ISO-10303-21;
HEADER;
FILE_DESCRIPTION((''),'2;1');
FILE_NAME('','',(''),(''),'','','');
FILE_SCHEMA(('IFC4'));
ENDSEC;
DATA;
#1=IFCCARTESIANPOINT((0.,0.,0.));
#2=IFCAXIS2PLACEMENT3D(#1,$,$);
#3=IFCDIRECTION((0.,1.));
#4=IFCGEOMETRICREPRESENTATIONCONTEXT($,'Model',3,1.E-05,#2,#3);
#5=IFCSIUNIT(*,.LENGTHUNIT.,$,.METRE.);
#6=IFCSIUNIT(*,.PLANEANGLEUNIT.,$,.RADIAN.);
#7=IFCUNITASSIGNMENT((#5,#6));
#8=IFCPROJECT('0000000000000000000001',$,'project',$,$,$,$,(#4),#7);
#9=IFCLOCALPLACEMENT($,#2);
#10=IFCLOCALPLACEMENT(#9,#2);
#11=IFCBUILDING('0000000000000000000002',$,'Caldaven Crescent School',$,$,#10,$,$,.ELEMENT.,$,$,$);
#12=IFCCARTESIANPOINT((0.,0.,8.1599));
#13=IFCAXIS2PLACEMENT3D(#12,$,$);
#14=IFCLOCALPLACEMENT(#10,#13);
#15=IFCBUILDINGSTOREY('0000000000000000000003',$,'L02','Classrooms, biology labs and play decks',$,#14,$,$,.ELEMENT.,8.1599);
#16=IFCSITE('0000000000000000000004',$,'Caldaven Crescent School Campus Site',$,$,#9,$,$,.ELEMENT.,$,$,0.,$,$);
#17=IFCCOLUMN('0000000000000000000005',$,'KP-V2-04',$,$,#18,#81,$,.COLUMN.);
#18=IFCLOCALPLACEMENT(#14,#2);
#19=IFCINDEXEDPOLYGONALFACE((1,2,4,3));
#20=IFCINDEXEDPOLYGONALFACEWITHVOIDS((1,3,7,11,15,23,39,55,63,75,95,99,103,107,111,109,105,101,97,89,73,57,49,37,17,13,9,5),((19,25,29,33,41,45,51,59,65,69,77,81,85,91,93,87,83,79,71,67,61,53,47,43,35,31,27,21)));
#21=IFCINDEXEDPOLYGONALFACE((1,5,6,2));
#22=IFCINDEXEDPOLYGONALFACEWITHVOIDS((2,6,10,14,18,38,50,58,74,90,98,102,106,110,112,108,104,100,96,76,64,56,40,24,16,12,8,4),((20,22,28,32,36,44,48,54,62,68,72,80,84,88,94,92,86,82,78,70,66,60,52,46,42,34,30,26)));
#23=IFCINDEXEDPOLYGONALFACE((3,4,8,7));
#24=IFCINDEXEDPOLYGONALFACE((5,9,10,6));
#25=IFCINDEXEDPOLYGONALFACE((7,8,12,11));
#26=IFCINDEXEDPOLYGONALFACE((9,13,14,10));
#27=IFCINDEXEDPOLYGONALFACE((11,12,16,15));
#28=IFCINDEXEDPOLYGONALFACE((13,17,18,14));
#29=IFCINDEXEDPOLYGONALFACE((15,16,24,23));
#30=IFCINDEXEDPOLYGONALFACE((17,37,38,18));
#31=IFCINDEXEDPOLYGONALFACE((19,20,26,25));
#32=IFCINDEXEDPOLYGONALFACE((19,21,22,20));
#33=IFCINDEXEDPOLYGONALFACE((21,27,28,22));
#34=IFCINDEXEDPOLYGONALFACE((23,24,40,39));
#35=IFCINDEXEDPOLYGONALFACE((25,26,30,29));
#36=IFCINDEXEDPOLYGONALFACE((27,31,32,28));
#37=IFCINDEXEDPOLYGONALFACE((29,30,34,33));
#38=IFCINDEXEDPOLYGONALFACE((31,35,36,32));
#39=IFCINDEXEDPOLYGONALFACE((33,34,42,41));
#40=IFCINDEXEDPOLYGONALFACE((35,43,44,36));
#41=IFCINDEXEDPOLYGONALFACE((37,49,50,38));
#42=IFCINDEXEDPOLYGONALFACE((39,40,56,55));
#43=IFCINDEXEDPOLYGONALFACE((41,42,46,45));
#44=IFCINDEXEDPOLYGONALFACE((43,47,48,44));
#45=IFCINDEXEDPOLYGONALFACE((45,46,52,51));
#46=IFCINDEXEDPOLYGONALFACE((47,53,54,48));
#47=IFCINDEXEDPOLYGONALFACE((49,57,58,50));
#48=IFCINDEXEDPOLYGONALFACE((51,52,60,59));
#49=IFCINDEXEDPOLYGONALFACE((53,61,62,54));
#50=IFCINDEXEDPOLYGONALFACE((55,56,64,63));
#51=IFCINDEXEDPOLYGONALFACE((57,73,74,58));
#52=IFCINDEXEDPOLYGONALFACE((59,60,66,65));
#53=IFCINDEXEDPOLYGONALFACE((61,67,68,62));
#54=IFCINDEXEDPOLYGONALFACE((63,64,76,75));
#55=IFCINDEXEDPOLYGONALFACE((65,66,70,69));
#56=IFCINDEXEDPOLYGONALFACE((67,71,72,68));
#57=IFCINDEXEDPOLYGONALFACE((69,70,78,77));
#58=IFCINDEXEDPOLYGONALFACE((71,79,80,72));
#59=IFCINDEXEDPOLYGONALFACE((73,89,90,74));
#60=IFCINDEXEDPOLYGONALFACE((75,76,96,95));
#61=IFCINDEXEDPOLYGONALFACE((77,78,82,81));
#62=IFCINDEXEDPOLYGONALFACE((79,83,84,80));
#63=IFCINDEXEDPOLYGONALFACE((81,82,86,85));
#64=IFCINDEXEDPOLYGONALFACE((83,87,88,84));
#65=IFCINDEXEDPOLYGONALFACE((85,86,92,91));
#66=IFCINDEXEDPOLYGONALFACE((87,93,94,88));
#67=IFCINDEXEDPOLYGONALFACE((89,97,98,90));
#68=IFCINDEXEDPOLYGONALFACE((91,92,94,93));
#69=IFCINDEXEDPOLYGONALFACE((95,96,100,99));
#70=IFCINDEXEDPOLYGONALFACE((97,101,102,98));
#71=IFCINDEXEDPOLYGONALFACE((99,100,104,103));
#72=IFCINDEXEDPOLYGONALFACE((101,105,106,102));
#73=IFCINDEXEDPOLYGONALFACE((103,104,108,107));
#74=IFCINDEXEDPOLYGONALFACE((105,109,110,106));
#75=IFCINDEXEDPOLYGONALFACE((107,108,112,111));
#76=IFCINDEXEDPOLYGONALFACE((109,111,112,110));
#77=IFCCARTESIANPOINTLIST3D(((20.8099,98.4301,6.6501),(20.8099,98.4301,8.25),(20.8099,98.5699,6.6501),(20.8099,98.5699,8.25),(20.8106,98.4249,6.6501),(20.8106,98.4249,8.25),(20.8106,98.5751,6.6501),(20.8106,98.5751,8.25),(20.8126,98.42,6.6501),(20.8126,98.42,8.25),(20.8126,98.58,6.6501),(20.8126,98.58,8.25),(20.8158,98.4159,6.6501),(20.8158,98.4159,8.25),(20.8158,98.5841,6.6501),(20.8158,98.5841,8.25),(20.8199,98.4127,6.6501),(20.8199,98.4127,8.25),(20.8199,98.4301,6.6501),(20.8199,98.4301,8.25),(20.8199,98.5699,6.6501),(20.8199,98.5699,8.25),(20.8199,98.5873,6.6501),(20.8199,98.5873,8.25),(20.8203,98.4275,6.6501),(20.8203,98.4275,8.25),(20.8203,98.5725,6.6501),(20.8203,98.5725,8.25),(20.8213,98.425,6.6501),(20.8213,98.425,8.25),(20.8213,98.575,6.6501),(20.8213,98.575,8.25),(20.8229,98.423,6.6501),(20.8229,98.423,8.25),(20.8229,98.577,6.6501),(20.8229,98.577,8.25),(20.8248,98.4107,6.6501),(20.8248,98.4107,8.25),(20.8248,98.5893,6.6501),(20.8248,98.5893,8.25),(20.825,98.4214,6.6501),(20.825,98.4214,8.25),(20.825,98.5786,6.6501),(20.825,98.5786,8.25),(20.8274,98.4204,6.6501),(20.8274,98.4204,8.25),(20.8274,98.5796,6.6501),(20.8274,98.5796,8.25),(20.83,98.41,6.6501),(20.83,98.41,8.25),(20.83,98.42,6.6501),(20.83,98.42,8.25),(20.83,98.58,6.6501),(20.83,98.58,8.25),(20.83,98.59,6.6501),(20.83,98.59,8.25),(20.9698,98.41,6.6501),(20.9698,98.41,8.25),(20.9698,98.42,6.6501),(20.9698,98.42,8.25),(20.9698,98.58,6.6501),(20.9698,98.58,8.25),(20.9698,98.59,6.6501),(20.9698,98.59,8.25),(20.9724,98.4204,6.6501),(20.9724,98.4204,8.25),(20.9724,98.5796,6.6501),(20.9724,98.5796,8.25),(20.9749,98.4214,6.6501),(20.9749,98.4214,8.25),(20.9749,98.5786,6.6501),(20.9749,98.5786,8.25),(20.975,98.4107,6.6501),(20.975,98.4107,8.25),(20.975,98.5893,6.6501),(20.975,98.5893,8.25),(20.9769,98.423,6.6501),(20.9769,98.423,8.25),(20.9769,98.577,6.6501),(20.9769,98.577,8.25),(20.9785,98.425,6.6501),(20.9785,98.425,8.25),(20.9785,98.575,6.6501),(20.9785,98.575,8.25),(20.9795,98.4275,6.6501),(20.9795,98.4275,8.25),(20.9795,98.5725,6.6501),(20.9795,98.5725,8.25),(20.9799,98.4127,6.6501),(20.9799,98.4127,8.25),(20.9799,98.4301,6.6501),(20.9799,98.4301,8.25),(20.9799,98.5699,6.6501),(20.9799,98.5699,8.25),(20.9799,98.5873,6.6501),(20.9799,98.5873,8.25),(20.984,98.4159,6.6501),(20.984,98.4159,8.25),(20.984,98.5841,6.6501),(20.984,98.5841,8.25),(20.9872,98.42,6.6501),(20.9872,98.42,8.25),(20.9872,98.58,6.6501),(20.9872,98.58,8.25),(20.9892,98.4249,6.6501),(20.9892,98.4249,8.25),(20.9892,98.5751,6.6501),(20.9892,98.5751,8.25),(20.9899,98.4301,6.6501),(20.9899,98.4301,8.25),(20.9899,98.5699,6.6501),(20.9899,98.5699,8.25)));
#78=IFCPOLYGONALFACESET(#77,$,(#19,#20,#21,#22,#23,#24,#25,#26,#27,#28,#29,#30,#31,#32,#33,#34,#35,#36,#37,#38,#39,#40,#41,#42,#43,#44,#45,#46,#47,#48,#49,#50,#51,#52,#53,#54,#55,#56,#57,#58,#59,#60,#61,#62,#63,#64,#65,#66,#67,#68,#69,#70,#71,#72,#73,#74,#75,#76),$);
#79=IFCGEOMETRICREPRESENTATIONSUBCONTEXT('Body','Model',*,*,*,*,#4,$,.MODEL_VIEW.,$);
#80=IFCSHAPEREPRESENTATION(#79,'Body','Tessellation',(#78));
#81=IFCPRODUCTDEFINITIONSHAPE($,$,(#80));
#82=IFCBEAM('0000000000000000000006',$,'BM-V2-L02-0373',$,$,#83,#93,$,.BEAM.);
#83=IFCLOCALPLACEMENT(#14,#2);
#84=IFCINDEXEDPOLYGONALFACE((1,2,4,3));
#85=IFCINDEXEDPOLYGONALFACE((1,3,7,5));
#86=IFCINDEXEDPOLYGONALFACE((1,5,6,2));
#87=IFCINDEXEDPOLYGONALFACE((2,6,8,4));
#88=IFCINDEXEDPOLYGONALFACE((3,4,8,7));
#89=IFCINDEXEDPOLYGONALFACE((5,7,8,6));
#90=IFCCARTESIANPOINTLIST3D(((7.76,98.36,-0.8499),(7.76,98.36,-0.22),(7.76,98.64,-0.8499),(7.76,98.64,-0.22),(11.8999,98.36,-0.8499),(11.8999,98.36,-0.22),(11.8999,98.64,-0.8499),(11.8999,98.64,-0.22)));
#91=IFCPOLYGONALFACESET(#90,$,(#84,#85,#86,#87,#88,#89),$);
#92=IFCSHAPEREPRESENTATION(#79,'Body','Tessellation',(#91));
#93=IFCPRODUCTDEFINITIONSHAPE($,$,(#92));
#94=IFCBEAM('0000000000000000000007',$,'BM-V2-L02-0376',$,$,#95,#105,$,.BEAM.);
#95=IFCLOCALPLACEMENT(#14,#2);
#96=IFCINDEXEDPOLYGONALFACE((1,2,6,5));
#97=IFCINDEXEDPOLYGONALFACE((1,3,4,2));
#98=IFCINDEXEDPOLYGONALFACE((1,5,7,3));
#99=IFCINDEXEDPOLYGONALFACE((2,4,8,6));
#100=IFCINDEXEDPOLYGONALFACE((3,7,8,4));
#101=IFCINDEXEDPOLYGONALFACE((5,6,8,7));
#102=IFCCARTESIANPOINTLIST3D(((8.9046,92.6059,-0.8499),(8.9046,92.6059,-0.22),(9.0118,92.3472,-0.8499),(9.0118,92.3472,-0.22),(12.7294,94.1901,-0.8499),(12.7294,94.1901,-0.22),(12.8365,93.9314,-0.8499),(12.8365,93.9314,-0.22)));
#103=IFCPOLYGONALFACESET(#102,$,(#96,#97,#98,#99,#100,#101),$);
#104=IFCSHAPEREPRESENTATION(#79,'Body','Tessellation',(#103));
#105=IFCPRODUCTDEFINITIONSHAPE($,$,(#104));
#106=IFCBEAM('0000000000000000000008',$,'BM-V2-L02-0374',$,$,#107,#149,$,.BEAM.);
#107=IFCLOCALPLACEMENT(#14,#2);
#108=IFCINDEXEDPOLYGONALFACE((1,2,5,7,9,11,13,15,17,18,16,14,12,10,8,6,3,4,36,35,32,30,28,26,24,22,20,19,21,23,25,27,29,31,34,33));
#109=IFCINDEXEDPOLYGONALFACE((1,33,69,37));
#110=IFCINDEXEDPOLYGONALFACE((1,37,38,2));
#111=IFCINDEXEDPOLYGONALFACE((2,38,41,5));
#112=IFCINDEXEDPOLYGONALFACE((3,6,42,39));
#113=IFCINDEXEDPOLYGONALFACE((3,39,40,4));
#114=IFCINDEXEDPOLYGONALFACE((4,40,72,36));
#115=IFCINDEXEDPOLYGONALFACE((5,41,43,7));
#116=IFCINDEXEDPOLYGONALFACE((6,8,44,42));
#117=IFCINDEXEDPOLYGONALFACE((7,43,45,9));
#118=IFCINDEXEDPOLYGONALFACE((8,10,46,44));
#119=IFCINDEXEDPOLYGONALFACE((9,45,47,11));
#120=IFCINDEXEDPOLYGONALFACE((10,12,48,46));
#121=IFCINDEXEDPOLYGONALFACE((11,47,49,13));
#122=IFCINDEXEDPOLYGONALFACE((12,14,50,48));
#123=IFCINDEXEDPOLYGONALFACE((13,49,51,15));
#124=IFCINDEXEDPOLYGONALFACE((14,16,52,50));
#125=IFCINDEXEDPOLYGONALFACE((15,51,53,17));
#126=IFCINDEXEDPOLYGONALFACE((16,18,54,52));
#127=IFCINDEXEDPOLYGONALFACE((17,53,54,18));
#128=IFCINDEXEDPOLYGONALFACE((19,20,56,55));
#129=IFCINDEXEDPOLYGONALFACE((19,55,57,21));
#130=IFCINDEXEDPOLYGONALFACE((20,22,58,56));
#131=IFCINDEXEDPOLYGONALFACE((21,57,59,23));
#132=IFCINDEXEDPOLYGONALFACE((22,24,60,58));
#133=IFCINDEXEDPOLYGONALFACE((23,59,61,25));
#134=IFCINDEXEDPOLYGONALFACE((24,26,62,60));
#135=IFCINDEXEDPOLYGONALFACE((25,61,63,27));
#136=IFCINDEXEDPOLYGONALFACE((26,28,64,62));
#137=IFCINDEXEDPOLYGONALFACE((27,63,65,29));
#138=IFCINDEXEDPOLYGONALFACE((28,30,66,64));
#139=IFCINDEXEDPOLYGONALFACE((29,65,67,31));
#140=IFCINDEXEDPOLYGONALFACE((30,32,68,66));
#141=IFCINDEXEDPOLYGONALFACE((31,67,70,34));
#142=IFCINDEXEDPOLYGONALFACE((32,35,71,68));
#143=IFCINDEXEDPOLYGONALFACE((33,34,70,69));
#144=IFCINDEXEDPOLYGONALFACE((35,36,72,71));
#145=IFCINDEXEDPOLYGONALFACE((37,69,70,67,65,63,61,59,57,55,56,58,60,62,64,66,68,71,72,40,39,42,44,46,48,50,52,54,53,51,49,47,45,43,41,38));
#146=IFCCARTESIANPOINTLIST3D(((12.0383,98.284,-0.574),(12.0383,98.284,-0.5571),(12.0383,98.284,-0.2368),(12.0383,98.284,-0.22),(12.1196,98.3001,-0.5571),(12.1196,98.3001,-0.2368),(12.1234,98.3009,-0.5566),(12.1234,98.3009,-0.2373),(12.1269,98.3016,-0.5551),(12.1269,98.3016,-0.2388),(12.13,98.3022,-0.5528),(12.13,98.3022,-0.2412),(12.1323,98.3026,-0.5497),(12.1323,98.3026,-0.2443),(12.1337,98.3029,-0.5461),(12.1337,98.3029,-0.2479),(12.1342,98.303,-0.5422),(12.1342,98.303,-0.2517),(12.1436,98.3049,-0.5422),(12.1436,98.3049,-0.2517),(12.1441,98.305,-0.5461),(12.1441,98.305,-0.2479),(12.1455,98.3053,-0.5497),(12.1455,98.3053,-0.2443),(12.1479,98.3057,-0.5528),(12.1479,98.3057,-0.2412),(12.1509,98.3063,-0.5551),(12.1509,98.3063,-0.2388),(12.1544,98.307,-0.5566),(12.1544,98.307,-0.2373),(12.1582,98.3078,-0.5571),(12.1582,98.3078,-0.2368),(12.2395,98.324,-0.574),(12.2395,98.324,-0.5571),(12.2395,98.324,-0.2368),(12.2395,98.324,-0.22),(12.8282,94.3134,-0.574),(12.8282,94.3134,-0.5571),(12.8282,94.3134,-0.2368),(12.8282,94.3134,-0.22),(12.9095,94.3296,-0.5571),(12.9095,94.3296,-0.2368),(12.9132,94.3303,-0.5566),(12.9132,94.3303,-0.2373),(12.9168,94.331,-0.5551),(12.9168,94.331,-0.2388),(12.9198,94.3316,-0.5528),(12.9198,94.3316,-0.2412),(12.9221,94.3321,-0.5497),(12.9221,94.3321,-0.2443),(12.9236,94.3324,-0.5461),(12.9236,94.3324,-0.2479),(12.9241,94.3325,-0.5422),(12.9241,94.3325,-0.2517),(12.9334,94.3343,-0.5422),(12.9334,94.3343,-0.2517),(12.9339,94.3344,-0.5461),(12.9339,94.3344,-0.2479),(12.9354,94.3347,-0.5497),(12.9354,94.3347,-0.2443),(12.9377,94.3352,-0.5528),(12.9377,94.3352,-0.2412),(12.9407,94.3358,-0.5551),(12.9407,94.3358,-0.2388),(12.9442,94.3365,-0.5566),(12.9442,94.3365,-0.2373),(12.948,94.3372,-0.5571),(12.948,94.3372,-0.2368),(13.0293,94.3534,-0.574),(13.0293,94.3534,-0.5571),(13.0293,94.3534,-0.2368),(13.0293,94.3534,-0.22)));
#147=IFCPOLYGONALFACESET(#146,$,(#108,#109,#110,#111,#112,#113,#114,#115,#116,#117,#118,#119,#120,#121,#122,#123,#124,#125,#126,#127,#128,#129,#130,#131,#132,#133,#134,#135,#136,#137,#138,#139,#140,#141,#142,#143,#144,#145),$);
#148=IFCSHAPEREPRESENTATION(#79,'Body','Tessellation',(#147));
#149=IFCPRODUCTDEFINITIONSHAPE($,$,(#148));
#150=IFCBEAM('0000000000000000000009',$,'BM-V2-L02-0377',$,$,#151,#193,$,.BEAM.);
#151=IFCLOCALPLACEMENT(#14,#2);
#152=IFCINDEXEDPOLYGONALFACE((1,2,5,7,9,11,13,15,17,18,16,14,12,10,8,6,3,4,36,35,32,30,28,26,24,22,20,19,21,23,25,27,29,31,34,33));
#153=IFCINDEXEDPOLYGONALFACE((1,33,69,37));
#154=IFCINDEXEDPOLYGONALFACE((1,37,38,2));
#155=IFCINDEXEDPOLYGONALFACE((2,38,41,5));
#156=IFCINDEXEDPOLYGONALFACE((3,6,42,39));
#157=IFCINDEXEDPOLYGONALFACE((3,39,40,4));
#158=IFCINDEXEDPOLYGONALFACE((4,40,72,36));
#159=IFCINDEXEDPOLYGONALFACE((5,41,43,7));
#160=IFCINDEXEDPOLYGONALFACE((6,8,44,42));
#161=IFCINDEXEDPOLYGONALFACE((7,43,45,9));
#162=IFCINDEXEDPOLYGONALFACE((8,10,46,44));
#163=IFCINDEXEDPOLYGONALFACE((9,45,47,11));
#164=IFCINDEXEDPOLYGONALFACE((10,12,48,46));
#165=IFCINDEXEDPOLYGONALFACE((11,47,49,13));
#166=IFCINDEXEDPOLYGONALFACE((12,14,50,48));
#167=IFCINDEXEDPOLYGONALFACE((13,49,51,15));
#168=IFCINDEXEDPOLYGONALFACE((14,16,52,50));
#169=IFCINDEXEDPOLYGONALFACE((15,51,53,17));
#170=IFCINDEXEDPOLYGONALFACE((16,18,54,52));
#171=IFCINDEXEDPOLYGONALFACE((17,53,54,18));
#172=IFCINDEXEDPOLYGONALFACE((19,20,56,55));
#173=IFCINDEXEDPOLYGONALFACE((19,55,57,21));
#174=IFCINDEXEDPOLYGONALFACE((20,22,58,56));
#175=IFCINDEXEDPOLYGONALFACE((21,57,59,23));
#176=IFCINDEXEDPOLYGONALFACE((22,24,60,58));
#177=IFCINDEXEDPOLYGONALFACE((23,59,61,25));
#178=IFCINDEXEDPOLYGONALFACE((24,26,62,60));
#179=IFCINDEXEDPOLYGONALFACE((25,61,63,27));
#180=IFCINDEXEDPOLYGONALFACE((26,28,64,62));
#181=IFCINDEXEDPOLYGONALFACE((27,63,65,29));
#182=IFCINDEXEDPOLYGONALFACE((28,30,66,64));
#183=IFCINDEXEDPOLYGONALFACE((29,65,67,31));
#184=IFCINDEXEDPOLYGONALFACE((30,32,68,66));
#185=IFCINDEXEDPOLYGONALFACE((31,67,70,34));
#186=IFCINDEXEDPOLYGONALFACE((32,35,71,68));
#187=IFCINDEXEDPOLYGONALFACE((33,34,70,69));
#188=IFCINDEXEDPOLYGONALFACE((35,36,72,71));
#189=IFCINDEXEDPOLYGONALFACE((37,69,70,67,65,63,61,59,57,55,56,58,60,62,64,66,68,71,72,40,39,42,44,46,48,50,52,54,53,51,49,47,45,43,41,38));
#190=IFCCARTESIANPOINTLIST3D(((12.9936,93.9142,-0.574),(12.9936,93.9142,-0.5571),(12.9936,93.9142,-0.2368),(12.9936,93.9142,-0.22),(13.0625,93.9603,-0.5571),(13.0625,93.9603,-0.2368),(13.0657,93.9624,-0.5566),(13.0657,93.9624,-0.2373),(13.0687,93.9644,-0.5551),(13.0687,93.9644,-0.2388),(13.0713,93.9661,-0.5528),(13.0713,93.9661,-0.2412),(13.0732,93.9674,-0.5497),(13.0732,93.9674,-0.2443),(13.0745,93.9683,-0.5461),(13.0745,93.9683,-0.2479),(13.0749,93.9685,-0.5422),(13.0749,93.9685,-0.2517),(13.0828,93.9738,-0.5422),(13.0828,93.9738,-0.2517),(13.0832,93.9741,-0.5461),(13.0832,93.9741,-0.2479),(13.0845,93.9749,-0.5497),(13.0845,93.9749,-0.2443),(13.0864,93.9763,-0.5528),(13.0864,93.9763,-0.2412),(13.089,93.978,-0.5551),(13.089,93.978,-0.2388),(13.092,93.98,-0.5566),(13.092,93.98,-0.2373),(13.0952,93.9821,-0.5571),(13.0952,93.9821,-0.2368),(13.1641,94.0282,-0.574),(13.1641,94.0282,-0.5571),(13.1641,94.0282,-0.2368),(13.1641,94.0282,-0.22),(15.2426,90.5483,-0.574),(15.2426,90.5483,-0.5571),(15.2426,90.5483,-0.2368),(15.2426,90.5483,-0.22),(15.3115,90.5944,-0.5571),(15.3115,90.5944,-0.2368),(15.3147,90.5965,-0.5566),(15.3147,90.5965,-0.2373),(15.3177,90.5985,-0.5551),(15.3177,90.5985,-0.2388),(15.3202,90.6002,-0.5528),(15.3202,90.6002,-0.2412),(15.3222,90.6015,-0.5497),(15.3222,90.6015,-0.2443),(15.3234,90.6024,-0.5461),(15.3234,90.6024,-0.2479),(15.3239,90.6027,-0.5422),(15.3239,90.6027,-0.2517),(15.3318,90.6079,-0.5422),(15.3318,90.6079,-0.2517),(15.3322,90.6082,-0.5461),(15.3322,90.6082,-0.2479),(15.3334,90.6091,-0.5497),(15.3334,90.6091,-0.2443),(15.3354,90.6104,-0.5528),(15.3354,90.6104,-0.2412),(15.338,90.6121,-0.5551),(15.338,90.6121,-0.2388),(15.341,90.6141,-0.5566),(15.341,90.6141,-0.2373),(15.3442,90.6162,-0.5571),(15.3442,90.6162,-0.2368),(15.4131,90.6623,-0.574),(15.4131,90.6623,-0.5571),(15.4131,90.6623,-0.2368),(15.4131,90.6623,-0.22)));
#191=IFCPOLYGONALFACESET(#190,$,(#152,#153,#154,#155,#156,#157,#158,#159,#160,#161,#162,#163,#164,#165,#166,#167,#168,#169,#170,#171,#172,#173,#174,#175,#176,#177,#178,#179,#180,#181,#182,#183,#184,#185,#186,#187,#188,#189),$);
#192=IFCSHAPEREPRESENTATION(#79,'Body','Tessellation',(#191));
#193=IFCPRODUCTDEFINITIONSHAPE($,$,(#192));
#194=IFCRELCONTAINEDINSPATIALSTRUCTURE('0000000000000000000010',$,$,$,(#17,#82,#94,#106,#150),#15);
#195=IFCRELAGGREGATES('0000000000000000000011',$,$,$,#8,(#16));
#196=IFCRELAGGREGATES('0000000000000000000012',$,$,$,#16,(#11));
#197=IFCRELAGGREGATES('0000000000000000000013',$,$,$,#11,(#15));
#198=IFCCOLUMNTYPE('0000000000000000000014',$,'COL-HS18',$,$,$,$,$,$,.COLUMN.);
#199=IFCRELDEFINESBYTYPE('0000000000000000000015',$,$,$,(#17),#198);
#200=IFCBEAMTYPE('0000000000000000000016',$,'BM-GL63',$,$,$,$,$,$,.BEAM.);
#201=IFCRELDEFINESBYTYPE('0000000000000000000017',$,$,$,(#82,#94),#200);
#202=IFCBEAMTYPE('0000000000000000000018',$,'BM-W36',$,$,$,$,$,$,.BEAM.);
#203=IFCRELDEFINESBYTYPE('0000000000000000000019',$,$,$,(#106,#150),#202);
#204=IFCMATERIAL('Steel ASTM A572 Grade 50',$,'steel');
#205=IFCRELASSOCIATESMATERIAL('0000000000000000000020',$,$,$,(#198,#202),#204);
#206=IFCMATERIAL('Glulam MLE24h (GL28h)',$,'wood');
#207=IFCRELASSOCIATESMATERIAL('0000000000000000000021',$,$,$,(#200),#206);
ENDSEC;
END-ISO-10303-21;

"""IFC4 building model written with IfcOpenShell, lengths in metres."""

from ifc_helpers import new_model, si_unit, direction, frame, origin, origin_2d, place, context, subcontext, project, spatial, rectangle, hollow_rectangle, i_section, extrude, material, material_profile, profile_set, type_object, element, save


model = new_model("IFC4")

# Units and contexts
model_context = context("Model", 3, precision=1e-05, world=origin(), true_north=direction((0.0, 1.0)))
body_context = subcontext(model_context, "Body", "Model", "MODEL_VIEW")
ifc_project = project(units=[si_unit("LENGTHUNIT", "METRE"), si_unit("PLANEANGLEUNIT", "RADIAN")], contexts=[model_context])

# Site, building, storey
site_placement = place(None, origin())
site = spatial("IfcSite", under=ifc_project, at=site_placement, Name="Caldaven Crescent School Campus Site", CompositionType="ELEMENT", RefElevation=0.0)
building_placement = place(site_placement, origin())
building = spatial("IfcBuilding", under=site, at=building_placement, Name="Caldaven Crescent School", CompositionType="ELEMENT")
storey_placement = place(building_placement, frame((0.0, 0.0, 8.1599)))
storey = spatial("IfcBuildingStorey", under=building, at=storey_placement, Name="L02", Description="Classrooms, biology labs and play decks", CompositionType="ELEMENT", Elevation=8.1599)

# Column
ifc_material_1 = material(Name="Steel ASTM A572 Grade 50", Category="steel")
ifc_material_profile_1 = material_profile(ifc_material_1, hollow_rectangle(XDim=0.1799, YDim=0.1799, WallThickness=0.01, InnerFilletRadius=0.01, OuterFilletRadius=0.02, at=origin_2d()), Name="HSS 180x180x10")
ifc_profile_set_1 = profile_set([ifc_material_profile_1], Name="Steel ASTM A572 Grade 50")
column_type = type_object("IfcColumnType", Name="COL-HS18", PredefinedType="COLUMN", material=ifc_profile_set_1)
column_placement = place(storey_placement, frame((20.8999, 98.5, 6.6501), z_axis=(0.0, 0.0, 1.0), x_axis=(-1.0, 0.0, 0.0)))
element("IfcColumn", 1, at=column_placement, inside=storey, type_object=column_type, Name="KP-V2-04", PredefinedType="COLUMN", context=body_context, shape_type="SweptSolid", body=[
    extrude(hollow_rectangle(XDim=0.1799, YDim=0.1799, WallThickness=0.01, InnerFilletRadius=0.01, OuterFilletRadius=0.02, at=origin_2d()), origin(), (0.0, 0.0, 1.0), 1.5999),
])

# Beams
ifc_material_2 = material(Name="Glulam MLE24h (GL28h)", Category="wood")
ifc_material_profile_2 = material_profile(ifc_material_2, rectangle(XDim=0.28, YDim=0.6299, at=origin_2d()), Name="MLE 280x630")
ifc_profile_set_2 = profile_set([ifc_material_profile_2], Name="Glulam MLE24h (GL28h)")
beam_type_1 = type_object("IfcBeamType", Name="BM-GL63", PredefinedType="BEAM", material=ifc_profile_set_2)
for number, where, z_axis, x_axis, name in (
    (2, (11.8999, 98.5, -0.5349), (-1.0, 0.0, 0.0), (0.0, -1.0, 0.0), "BM-V2-L02-0373"),
    (3, (12.783, 94.0608, -0.5349), (-0.923881, -0.38268, 0.0), (0.38268, -0.923881, 0.0), "BM-V2-L02-0376"),
):
    element("IfcBeam", number, at=place(storey_placement, frame(where, z_axis=z_axis, x_axis=x_axis)), inside=storey, type_object=beam_type_1, Name=name, PredefinedType="BEAM", context=body_context, shape_type="SweptSolid", body=[
        extrude(rectangle(XDim=0.28, YDim=0.6299, at=origin_2d()), origin(), (0.0, 0.0, 1.0), 4.1399),
    ])
ifc_material_profile_3 = material_profile(ifc_material_1, i_section(OverallWidth=0.2051, OverallDepth=0.354, WebThickness=0.0095, FlangeThickness=0.0168, FilletRadius=0.0149, at=origin_2d()), Name="W360x79")
ifc_profile_set_3 = profile_set([ifc_material_profile_3], Name="Steel ASTM A572 Grade 50")
beam_type_2 = type_object("IfcBeamType", Name="BM-W36", PredefinedType="BEAM", material=ifc_profile_set_3)
beam_1_placement = place(storey_placement, frame((12.1389, 98.304, -0.397), z_axis=(0.195095, -0.980784, 0.0), x_axis=(0.980784, 0.195095, 0.0)))
element("IfcBeam", 4, at=beam_1_placement, inside=storey, type_object=beam_type_2, Name="BM-V2-L02-0374", PredefinedType="BEAM", context=body_context, shape_type="SweptSolid", body=[
    extrude(i_section(OverallWidth=0.2051, OverallDepth=0.354, WebThickness=0.0095, FlangeThickness=0.0168, FilletRadius=0.0149, at=origin_2d()), origin(), (0.0, 0.0, 1.0), 4.0483),
])
beam_2_placement = place(storey_placement, frame((13.0789, 93.9712, -0.397), z_axis=(0.555563, -0.831475, 0.0), x_axis=(0.831475, 0.555563, 0.0)))
element("IfcBeam", 5, at=beam_2_placement, inside=storey, type_object=beam_type_2, Name="BM-V2-L02-0377", PredefinedType="BEAM", context=body_context, shape_type="SweptSolid", body=[
    extrude(i_section(OverallWidth=0.2051, OverallDepth=0.354, WebThickness=0.0095, FlangeThickness=0.0168, FilletRadius=0.0149, at=origin_2d()), origin(), (0.0, 0.0, 1.0), 4.0481),
])

save(model, "model.ifc")
